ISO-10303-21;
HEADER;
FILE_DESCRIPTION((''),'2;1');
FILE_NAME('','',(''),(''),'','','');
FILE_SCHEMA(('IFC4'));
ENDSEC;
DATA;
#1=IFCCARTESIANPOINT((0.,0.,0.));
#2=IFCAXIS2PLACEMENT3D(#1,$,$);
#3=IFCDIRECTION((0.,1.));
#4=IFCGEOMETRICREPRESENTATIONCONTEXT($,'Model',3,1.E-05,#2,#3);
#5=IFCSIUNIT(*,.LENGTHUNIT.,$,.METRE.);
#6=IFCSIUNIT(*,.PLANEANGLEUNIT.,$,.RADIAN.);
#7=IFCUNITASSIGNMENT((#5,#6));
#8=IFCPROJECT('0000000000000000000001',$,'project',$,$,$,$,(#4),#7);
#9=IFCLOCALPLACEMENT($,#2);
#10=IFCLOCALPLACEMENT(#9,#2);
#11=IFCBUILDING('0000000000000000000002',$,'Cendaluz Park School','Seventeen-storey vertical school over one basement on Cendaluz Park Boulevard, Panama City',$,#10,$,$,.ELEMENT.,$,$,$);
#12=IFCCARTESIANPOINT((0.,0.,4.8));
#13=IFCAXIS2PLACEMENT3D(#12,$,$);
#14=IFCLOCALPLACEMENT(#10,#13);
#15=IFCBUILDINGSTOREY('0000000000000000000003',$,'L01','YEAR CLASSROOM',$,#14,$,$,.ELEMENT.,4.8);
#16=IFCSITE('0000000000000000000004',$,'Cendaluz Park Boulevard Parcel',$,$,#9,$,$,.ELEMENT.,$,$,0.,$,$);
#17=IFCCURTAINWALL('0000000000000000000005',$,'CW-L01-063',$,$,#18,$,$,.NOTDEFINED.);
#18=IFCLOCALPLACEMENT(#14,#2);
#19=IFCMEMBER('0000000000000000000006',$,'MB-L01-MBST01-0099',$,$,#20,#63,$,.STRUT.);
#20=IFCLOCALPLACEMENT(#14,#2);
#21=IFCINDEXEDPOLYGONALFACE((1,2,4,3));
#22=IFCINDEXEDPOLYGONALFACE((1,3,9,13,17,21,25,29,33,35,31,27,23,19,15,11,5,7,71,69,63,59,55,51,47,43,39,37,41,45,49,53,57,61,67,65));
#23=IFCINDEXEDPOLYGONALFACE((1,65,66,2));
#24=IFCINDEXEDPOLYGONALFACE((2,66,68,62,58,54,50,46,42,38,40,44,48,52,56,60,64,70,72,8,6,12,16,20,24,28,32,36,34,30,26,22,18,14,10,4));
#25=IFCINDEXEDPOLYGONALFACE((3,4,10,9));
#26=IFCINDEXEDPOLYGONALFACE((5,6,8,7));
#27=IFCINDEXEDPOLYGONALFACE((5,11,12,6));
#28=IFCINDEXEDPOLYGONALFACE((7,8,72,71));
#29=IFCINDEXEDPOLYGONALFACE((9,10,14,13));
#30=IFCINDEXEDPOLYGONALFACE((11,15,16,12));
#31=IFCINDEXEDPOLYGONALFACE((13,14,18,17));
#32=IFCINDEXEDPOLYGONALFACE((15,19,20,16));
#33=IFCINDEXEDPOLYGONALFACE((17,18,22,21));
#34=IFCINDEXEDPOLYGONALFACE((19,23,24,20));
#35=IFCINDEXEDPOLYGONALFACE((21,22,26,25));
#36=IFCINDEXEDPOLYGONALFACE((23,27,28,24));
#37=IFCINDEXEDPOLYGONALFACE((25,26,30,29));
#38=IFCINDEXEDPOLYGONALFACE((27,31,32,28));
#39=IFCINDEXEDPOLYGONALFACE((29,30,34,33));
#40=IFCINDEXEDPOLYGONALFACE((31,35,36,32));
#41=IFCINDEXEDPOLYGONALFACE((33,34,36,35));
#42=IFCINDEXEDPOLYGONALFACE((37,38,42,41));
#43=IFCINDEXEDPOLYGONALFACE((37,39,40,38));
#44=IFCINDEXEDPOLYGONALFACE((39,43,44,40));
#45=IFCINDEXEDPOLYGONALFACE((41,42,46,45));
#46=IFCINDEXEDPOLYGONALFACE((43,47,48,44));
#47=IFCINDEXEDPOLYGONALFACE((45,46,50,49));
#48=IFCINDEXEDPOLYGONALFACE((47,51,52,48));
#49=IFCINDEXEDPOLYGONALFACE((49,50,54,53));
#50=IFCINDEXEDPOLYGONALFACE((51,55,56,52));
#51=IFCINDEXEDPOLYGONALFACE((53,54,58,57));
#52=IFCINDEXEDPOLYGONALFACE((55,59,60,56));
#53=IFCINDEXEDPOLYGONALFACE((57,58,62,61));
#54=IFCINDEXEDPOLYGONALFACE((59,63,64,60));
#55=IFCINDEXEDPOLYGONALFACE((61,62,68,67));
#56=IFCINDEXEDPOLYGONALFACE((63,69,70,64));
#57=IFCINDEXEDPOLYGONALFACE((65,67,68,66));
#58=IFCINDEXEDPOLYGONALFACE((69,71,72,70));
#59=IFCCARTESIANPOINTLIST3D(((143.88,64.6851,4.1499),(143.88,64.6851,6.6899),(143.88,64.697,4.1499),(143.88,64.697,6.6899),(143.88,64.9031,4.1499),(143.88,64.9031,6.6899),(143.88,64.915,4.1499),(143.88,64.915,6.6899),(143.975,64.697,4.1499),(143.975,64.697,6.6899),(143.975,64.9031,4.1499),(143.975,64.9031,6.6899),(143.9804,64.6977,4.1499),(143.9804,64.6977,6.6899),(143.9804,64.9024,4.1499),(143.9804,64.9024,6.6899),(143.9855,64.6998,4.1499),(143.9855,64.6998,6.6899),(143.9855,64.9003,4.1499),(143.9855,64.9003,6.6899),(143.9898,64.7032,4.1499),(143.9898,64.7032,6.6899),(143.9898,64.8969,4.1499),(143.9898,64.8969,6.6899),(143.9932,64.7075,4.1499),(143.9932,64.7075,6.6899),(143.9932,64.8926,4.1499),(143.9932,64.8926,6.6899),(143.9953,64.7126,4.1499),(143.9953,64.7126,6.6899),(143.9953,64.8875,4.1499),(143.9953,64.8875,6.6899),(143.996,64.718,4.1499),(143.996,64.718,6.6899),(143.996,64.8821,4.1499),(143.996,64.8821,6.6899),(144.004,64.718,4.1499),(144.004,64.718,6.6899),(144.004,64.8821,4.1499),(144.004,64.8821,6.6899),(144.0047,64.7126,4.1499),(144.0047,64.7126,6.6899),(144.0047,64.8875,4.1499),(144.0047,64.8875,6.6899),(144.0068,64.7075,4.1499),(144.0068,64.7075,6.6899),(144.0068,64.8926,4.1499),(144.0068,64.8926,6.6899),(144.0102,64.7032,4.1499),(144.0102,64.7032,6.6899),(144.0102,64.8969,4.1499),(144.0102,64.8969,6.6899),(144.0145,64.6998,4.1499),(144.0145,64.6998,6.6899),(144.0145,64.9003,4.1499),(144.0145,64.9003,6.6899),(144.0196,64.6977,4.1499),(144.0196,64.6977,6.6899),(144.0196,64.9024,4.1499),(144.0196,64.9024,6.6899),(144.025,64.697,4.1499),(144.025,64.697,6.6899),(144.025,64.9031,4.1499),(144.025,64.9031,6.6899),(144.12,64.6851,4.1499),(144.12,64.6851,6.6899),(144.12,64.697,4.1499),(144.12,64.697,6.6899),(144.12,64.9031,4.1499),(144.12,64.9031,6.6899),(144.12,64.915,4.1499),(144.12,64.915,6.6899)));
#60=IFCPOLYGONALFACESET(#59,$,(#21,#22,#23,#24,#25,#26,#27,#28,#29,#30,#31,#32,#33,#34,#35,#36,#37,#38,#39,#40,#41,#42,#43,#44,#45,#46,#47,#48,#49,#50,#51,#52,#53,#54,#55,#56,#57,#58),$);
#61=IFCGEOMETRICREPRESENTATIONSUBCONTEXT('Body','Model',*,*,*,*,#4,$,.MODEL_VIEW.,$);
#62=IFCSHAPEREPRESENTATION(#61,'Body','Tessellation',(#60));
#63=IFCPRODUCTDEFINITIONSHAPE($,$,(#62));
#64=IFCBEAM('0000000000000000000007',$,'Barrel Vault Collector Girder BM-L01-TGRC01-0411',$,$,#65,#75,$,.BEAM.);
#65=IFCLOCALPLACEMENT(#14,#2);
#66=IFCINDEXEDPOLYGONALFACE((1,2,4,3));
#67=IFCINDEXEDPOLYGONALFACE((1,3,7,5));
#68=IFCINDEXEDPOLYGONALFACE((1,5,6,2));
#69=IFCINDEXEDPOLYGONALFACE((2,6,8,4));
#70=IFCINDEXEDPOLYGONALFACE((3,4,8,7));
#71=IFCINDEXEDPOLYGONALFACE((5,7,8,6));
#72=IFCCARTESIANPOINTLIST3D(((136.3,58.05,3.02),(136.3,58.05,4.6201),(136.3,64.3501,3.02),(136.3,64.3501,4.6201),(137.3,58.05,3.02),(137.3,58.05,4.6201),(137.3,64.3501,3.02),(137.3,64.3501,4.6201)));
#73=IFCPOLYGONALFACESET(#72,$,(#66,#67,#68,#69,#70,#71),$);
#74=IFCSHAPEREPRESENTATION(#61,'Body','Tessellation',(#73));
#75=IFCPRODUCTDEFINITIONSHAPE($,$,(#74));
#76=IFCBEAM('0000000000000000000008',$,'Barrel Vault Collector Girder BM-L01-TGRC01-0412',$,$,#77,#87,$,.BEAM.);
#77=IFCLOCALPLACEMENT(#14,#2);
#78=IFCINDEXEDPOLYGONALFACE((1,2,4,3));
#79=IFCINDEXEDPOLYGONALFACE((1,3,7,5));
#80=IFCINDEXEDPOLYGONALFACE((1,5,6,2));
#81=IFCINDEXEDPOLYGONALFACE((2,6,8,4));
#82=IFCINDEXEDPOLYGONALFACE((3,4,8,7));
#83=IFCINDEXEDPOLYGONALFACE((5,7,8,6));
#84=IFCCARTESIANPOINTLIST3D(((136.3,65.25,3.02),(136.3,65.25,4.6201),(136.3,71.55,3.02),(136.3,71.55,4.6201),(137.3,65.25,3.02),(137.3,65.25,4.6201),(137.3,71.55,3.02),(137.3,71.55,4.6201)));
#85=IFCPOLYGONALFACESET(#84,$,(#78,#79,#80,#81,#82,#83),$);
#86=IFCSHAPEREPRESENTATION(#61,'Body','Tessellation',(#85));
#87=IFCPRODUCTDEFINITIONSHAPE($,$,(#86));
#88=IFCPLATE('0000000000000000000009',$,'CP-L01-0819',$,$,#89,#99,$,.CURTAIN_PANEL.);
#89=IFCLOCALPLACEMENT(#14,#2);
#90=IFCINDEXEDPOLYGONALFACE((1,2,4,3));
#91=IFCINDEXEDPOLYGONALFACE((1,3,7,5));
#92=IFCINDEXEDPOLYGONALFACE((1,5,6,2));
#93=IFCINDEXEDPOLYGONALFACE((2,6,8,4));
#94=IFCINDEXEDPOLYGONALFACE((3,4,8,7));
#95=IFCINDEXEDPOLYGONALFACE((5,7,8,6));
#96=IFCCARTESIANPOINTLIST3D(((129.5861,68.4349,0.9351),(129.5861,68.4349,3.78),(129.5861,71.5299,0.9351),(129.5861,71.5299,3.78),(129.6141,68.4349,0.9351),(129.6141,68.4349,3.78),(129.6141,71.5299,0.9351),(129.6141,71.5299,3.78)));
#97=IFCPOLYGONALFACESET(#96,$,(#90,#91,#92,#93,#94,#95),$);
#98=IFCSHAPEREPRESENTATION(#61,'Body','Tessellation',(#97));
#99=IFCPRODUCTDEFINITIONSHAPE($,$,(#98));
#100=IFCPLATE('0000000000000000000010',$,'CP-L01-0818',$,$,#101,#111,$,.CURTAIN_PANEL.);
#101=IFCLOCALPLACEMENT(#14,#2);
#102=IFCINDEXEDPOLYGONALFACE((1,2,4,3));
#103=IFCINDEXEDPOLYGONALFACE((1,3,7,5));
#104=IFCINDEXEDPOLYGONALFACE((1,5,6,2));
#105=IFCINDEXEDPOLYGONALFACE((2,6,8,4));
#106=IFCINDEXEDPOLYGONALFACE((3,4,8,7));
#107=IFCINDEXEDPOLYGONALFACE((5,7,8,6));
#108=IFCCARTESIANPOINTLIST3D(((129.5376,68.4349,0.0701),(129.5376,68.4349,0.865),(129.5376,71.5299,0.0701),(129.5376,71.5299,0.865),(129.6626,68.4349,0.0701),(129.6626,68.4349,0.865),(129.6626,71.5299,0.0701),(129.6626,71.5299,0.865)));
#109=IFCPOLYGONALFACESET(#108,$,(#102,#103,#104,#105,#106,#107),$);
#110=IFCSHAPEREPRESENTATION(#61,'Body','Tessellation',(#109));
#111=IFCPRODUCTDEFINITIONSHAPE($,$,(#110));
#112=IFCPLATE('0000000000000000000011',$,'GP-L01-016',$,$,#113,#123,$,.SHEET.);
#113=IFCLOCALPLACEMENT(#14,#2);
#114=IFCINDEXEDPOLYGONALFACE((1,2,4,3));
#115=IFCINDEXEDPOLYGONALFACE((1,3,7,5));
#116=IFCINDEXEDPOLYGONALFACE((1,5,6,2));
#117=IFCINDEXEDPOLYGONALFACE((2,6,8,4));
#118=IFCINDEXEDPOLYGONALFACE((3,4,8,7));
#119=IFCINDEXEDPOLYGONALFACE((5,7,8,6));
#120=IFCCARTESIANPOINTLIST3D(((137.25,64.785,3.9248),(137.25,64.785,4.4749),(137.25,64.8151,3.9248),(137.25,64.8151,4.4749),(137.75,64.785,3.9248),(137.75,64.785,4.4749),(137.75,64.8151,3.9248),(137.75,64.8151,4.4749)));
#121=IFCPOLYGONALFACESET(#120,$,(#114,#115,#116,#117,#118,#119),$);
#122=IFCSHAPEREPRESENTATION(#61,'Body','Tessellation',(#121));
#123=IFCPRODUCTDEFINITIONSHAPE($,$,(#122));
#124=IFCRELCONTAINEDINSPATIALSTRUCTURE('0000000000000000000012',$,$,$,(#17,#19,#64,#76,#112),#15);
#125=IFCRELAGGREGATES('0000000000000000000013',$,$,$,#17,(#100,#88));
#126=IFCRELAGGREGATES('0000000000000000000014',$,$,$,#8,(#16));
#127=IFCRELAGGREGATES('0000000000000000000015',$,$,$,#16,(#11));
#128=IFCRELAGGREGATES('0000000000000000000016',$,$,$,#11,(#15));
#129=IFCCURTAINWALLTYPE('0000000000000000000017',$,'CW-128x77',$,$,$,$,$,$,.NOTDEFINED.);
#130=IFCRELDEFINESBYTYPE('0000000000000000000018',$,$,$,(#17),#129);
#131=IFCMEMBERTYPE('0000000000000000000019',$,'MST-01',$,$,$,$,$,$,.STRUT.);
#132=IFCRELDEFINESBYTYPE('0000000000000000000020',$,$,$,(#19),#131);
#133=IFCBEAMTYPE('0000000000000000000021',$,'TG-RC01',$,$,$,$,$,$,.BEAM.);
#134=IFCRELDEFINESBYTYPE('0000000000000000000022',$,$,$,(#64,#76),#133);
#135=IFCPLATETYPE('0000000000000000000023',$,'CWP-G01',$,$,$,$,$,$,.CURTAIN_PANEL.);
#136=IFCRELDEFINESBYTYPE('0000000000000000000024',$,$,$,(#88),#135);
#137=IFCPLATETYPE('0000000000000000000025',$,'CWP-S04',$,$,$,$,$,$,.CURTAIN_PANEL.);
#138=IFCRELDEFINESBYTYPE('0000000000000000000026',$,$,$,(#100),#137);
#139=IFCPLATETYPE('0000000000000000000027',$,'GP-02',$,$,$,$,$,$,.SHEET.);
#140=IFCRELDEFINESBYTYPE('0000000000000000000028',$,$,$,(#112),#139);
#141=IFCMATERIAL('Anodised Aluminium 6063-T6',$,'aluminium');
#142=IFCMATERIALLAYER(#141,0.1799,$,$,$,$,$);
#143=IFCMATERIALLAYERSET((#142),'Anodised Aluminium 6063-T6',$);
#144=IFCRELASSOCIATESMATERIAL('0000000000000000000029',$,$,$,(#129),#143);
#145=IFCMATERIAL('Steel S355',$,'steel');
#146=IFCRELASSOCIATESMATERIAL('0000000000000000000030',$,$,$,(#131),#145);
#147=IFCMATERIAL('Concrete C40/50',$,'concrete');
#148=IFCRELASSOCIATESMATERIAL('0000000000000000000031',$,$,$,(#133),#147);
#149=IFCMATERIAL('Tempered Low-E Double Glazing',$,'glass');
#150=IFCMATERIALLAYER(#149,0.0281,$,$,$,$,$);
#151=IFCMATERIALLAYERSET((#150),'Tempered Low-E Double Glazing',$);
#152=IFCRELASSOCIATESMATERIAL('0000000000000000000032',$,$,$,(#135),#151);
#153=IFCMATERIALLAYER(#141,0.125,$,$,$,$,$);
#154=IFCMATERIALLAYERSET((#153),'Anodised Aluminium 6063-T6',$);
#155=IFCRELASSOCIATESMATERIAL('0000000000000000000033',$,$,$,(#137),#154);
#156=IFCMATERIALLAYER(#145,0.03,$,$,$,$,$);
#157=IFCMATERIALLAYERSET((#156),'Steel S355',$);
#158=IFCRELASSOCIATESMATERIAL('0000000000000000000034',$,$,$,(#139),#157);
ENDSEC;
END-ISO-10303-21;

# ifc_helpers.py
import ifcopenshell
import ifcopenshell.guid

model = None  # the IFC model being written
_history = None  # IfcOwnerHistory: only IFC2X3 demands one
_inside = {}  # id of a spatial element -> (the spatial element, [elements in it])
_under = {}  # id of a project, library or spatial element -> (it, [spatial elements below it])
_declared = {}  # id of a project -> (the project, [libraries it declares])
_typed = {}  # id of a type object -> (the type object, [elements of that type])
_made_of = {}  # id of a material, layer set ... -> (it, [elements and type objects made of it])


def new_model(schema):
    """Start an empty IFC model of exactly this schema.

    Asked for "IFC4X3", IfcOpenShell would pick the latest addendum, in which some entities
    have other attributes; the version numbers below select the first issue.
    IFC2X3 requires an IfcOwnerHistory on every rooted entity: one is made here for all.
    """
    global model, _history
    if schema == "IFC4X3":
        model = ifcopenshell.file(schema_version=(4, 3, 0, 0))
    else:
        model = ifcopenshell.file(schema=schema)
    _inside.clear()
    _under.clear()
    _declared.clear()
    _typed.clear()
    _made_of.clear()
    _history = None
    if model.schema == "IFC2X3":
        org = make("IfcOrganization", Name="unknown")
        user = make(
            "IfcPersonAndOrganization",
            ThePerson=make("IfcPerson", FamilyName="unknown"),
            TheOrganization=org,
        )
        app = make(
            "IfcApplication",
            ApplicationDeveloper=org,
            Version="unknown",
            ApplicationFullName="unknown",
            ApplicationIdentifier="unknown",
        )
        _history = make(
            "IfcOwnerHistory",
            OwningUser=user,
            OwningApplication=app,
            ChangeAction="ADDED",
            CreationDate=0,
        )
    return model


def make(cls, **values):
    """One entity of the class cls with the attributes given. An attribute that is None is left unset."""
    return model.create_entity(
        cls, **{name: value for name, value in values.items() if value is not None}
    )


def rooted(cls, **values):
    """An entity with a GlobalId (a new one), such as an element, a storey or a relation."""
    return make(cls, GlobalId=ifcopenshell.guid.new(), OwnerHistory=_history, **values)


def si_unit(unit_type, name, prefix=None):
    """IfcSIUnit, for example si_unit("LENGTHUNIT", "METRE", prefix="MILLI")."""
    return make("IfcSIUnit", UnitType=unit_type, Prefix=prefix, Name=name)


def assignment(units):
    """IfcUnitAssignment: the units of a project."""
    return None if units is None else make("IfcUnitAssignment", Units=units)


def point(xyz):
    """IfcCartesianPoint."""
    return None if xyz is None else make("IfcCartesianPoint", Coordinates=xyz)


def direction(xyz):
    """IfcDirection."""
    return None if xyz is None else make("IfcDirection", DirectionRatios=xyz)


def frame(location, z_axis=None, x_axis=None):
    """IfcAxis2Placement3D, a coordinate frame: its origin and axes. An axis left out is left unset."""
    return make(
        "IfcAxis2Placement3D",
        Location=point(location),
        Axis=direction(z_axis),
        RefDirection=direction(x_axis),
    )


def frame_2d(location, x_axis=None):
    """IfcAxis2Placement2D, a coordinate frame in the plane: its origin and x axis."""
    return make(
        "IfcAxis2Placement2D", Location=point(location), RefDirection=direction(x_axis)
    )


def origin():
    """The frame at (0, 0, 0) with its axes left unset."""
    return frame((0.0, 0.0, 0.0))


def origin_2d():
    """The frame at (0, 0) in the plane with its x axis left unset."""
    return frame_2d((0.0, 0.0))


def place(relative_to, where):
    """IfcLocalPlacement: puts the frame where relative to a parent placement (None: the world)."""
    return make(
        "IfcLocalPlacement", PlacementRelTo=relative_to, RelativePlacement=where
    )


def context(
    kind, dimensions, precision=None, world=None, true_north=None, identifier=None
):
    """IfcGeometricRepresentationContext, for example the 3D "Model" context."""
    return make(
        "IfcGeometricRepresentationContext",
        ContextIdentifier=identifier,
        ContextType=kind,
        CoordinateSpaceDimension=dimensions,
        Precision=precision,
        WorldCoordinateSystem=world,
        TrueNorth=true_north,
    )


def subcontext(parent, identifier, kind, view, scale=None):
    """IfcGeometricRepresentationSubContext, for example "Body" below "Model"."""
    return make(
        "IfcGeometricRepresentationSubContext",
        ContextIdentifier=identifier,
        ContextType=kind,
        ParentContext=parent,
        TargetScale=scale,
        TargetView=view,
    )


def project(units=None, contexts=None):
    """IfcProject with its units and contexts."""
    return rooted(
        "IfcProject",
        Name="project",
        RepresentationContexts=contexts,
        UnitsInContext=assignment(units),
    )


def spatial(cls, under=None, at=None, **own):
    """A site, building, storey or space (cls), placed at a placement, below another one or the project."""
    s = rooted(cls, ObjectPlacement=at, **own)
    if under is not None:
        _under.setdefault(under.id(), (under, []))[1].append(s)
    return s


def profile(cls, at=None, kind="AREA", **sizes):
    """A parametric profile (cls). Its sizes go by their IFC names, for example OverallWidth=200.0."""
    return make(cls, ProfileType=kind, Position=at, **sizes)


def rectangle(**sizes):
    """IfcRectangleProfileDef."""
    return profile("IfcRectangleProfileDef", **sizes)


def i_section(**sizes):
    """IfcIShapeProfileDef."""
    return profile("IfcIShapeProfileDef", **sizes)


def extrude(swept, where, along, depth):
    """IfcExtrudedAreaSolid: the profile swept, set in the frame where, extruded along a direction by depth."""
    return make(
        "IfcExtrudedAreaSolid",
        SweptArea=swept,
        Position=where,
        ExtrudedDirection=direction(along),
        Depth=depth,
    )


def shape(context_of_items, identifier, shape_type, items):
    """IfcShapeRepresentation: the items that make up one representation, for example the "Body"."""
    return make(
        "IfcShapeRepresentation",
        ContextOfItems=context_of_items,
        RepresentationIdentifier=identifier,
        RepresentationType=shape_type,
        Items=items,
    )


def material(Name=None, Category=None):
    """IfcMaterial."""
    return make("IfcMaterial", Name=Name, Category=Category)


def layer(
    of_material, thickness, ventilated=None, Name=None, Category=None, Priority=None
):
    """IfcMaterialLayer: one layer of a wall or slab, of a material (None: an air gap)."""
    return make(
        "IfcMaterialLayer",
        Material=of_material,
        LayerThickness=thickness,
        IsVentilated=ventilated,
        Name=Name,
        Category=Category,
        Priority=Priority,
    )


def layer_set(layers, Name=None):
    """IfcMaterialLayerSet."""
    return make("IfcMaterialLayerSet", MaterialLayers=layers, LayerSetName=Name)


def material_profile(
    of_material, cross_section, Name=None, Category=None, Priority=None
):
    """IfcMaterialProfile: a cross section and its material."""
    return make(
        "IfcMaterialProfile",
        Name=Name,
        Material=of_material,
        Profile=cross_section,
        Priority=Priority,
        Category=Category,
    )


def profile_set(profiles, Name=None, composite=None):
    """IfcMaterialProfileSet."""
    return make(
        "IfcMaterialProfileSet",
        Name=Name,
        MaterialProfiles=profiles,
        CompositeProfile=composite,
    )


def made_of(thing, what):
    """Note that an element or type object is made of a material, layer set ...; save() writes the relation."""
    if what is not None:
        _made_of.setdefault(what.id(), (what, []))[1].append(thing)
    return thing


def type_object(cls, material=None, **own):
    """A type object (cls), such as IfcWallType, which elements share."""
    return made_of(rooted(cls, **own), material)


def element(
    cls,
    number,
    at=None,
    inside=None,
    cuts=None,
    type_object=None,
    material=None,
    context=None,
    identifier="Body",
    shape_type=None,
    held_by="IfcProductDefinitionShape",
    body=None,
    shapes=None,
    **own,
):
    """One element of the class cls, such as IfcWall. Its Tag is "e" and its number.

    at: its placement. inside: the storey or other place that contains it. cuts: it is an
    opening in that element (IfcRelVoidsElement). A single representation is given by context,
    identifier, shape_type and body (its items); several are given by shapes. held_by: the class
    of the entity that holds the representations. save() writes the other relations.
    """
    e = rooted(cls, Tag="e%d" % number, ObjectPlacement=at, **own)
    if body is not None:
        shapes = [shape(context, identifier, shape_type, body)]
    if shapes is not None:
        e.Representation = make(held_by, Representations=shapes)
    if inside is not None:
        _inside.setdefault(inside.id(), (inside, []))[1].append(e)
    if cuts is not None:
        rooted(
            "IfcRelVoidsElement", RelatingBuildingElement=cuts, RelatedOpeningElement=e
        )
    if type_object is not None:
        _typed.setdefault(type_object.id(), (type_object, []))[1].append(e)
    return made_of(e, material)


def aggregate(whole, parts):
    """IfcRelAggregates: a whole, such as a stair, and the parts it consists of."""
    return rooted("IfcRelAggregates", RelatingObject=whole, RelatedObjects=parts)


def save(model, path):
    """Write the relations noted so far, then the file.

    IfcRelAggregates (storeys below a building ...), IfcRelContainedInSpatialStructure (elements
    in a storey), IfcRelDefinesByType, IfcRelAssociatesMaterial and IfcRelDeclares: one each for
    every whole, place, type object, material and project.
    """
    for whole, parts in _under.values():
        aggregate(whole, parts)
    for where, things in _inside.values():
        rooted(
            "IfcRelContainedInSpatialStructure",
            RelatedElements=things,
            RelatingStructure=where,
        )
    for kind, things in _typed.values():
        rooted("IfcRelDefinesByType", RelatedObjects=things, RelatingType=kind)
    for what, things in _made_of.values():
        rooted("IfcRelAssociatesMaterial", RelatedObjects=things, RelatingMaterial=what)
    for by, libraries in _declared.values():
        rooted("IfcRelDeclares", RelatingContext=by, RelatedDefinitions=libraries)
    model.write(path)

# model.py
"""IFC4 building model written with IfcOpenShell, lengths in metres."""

from ifc_helpers import new_model, si_unit, direction, frame, origin, origin_2d, place, context, subcontext, project, spatial, rectangle, i_section, extrude, material, layer, layer_set, material_profile, profile_set, type_object, element, aggregate, save


model = new_model("IFC4")

# Units and contexts
model_context = context("Model", 3, precision=1e-05, world=origin(), true_north=direction((0.0, 1.0)))
body_context = subcontext(model_context, "Body", "Model", "MODEL_VIEW")
ifc_project = project(units=[si_unit("LENGTHUNIT", "METRE"), si_unit("PLANEANGLEUNIT", "RADIAN")], contexts=[model_context])

# Site, building, storey
site_placement = place(None, origin())
site = spatial("IfcSite", under=ifc_project, at=site_placement, Name="Cendaluz Park Boulevard Parcel", CompositionType="ELEMENT", RefElevation=0.0)
building_placement = place(site_placement, origin())
building = spatial("IfcBuilding", under=site, at=building_placement, Name="Cendaluz Park School", Description="Seventeen-storey vertical school over one basement on Cendaluz Park Boulevard, Panama City", CompositionType="ELEMENT")
storey_placement = place(building_placement, frame((0.0, 0.0, 4.8)))
storey = spatial("IfcBuildingStorey", under=building, at=storey_placement, Name="L01", Description="YEAR CLASSROOM", CompositionType="ELEMENT", Elevation=4.8)

# Shared definitions
ifc_material_1 = material(Name="Concrete C40/50", Category="concrete")

# Shared definitions
ifc_material_2 = material(Name="Steel S355", Category="steel")

# Curtain wall
ifc_material_3 = material(Name="Anodised Aluminium 6063-T6", Category="aluminium")
ifc_layer_1 = layer(ifc_material_3, 0.1799)
ifc_layer_set_1 = layer_set([ifc_layer_1], Name="Anodised Aluminium 6063-T6")
curtain_wall_type = type_object("IfcCurtainWallType", Name="CW-128x77", PredefinedType="NOTDEFINED", material=ifc_layer_set_1)
curtain_wall_placement = place(storey_placement, origin())
curtain_wall = element("IfcCurtainWall", 1, at=curtain_wall_placement, inside=storey, type_object=curtain_wall_type, Name="CW-L01-063", PredefinedType="NOTDEFINED")

# Member
ifc_material_profile_1 = material_profile(ifc_material_2, i_section(OverallWidth=0.24, OverallDepth=0.23, WebThickness=0.0081, FlangeThickness=0.012, FilletRadius=0.021, at=origin_2d()), Name="HEA 240", Category="steel")
ifc_profile_set_1 = profile_set([ifc_material_profile_1], Name="Steel S355")
member_type_1 = type_object("IfcMemberType", Name="MST-01", PredefinedType="STRUT", material=ifc_profile_set_1)
member_1_placement = place(storey_placement, frame((144.0, 64.8, 4.1499), z_axis=(0.0, 0.0, 1.0), x_axis=(1.0, 0.0, 0.0)))
element("IfcMember", 2, at=member_1_placement, inside=storey, type_object=member_type_1, Name="MB-L01-MBST01-0099", PredefinedType="STRUT", context=body_context, shape_type="SweptSolid", body=[
    extrude(i_section(OverallWidth=0.24, OverallDepth=0.23, WebThickness=0.0081, FlangeThickness=0.012, FilletRadius=0.021, at=origin_2d()), origin(), (0.0, 0.0, 1.0), 2.54),
])

# Beams
ifc_material_profile_2 = material_profile(ifc_material_1, rectangle(XDim=1.0, YDim=1.6001, at=origin_2d()), Name="RC 1000x1600", Category="concrete")
ifc_profile_set_2 = profile_set([ifc_material_profile_2], Name="Concrete C40/50")
beam_type_1 = type_object("IfcBeamType", Name="TG-RC01", PredefinedType="BEAM", material=ifc_profile_set_2)
for number, where, z_axis, x_axis, name in (
    (3, (136.8, 58.05, 3.8201), (0.0, 1.0, 0.0), (-1.0, 0.0, 0.0), "Barrel Vault Collector Girder BM-L01-TGRC01-0411"),
    (4, (136.8, 65.25, 3.8201), (0.0, 1.0, 0.0), (-1.0, 0.0, 0.0), "Barrel Vault Collector Girder BM-L01-TGRC01-0412"),
):
    element("IfcBeam", number, at=place(storey_placement, frame(where, z_axis=z_axis, x_axis=x_axis)), inside=storey, type_object=beam_type_1, Name=name, PredefinedType="BEAM", context=body_context, shape_type="SweptSolid", body=[
        extrude(rectangle(XDim=1.0, YDim=1.6001, at=origin_2d()), origin(), (0.0, 0.0, 1.0), 6.3),
    ])

# Plates
ifc_material_4 = material(Name="Tempered Low-E Double Glazing", Category="glass")
ifc_layer_2 = layer(ifc_material_4, 0.0281)
ifc_layer_set_2 = layer_set([ifc_layer_2], Name="Tempered Low-E Double Glazing")
plate_type_1 = type_object("IfcPlateType", Name="CWP-G01", PredefinedType="CURTAIN_PANEL", material=ifc_layer_set_2)
plate_1_placement = place(storey_placement, frame((129.6001, 69.9824, 0.9351), z_axis=(0.0, 0.0, 1.0), x_axis=(0.0, 1.0, 0.0)))
plate_1 = element("IfcPlate", 5, at=plate_1_placement, type_object=plate_type_1, Name="CP-L01-0819", PredefinedType="CURTAIN_PANEL", context=body_context, shape_type="SweptSolid", body=[
    extrude(rectangle(XDim=3.095, YDim=0.0281, at=origin_2d()), origin(), (0.0, 0.0, 1.0), 2.845),
])
ifc_layer_3 = layer(ifc_material_3, 0.125)
ifc_layer_set_3 = layer_set([ifc_layer_3], Name="Anodised Aluminium 6063-T6")
plate_type_2 = type_object("IfcPlateType", Name="CWP-S04", PredefinedType="CURTAIN_PANEL", material=ifc_layer_set_3)
plate_2_placement = place(storey_placement, frame((129.6001, 69.9824, 0.0701), z_axis=(0.0, 0.0, 1.0), x_axis=(0.0, 1.0, 0.0)))
plate_2 = element("IfcPlate", 6, at=plate_2_placement, type_object=plate_type_2, Name="CP-L01-0818", PredefinedType="CURTAIN_PANEL", context=body_context, shape_type="SweptSolid", body=[
    extrude(rectangle(XDim=3.095, YDim=0.125, at=origin_2d()), origin(), (0.0, 0.0, 1.0), 0.7949),
])
aggregate(curtain_wall, [plate_2, plate_1])
ifc_layer_4 = layer(ifc_material_2, 0.03)
ifc_layer_set_4 = layer_set([ifc_layer_4], Name="Steel S355")
plate_type_3 = type_object("IfcPlateType", Name="GP-02", PredefinedType="SHEET", material=ifc_layer_set_4)
plate_3_placement = place(storey_placement, frame((137.5, 64.8, 3.9248), z_axis=(0.0, 0.0, 1.0), x_axis=(1.0, 0.0, 0.0)))
element("IfcPlate", 7, at=plate_3_placement, inside=storey, type_object=plate_type_3, Name="GP-L01-016", PredefinedType="SHEET", context=body_context, shape_type="SweptSolid", body=[
    extrude(rectangle(XDim=0.5, YDim=0.03, at=origin_2d()), origin(), (0.0, 0.0, 1.0), 0.55),
])

save(model, "model.ifc")
